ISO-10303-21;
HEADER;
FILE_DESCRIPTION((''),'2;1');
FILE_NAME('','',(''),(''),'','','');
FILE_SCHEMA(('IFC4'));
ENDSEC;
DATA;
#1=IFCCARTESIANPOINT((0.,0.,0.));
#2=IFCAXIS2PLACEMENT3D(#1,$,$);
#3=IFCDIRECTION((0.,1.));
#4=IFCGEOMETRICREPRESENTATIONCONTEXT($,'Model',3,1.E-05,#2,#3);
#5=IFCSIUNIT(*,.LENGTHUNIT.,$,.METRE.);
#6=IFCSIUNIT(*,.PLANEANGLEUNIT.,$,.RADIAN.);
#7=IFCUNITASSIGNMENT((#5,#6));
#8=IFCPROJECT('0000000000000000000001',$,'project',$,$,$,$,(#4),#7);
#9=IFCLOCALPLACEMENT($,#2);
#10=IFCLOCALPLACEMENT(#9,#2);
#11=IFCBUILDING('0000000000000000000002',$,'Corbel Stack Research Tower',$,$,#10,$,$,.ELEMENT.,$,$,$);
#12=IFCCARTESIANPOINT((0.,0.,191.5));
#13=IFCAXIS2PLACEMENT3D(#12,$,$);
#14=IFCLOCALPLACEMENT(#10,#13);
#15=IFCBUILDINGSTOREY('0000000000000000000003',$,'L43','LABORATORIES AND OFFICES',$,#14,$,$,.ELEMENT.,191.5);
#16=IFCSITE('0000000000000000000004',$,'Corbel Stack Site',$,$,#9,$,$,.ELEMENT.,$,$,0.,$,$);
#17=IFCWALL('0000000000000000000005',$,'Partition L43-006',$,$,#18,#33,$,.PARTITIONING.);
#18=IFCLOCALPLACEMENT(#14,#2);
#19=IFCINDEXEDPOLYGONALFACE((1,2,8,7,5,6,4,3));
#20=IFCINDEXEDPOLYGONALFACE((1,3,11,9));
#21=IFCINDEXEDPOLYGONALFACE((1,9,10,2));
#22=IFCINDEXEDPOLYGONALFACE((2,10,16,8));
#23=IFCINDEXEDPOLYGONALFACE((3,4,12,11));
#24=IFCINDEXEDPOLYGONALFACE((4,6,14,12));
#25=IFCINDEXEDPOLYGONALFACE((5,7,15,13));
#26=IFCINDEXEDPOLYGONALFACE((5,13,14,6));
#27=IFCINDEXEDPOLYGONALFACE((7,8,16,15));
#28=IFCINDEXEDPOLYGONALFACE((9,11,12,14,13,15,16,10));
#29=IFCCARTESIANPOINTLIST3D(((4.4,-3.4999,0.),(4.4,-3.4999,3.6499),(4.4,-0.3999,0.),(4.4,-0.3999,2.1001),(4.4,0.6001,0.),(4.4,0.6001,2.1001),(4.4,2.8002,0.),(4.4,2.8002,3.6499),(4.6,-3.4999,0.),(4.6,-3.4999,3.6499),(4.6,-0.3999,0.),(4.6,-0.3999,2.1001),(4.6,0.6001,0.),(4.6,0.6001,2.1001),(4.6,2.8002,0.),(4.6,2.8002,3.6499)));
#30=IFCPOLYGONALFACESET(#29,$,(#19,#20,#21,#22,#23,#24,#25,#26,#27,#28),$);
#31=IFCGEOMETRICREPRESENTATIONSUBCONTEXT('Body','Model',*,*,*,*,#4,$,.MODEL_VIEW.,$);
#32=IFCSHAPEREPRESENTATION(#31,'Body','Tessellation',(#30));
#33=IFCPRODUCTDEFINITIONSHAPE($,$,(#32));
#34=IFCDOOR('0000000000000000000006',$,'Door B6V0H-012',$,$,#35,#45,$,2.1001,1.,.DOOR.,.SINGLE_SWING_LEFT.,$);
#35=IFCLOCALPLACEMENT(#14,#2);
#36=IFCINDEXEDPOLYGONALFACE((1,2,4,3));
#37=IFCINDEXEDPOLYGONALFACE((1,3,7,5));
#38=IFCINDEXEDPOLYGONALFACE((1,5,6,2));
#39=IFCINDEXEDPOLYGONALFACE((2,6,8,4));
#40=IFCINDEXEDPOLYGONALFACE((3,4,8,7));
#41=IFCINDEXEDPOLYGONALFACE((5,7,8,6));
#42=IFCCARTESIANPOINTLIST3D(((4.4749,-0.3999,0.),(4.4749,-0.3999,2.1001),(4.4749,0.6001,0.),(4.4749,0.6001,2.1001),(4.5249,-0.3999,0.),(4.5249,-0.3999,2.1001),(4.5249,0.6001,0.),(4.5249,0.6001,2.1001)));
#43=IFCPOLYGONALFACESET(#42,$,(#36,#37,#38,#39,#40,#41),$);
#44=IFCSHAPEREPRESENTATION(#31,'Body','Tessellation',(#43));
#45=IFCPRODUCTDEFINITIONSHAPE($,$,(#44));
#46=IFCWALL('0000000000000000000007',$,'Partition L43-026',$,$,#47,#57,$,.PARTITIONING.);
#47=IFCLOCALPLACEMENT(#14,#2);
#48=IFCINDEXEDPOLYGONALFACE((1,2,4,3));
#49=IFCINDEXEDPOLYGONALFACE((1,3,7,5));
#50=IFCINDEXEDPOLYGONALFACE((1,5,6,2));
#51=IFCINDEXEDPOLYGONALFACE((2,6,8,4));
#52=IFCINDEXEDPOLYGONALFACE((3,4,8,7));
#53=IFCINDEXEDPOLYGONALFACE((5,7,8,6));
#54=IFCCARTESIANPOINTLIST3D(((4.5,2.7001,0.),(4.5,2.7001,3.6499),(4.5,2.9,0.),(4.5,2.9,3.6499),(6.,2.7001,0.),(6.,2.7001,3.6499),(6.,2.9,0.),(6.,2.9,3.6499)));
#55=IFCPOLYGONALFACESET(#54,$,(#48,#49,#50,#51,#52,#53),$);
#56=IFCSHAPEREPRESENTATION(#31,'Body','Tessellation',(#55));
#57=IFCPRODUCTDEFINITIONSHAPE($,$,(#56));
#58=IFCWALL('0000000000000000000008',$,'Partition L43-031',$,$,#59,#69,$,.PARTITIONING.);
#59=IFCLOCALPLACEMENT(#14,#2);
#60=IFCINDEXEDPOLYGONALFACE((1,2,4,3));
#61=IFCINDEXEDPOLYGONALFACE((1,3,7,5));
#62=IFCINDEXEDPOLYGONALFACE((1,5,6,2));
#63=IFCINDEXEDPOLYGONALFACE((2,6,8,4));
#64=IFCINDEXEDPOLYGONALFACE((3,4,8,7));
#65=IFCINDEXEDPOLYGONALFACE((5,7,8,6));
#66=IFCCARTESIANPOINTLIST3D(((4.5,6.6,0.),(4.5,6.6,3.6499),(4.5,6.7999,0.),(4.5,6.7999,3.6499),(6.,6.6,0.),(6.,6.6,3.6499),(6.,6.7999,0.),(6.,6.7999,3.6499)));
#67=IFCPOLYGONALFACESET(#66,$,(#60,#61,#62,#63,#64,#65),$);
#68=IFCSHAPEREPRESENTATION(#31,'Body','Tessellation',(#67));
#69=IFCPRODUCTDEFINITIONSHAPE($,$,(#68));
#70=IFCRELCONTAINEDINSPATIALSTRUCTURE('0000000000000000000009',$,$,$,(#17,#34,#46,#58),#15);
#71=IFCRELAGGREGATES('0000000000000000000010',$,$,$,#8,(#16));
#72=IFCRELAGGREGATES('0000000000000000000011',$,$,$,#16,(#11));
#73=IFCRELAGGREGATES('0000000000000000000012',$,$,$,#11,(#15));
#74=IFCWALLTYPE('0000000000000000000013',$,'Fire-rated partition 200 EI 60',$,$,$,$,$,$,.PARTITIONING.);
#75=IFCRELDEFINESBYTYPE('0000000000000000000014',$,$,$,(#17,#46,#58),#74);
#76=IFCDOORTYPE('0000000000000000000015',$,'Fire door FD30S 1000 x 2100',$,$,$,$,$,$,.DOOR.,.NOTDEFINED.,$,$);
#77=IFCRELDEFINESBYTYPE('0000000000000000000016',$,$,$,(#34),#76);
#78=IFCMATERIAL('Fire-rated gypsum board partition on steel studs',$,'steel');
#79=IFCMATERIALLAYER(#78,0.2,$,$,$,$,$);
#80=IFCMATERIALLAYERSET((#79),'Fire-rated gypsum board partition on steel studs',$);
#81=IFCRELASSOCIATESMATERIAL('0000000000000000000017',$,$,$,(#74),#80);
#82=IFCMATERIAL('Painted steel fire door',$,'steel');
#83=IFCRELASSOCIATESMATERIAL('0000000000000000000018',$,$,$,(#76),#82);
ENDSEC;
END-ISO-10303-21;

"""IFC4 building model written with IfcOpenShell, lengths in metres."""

from ifc_helpers import new_model, si_unit, direction, frame, frame_2d, origin, place, context, subcontext, project, spatial, rectangle, extrude, material, layer, layer_set, type_object, element, fill, save


model = new_model("IFC4")

# Units and contexts
model_context = context("Model", 3, precision=1e-05, world=origin(), true_north=direction((0.0, 1.0)))
body_context = subcontext(model_context, "Body", "Model", "MODEL_VIEW")
ifc_project = project(units=[si_unit("LENGTHUNIT", "METRE"), si_unit("PLANEANGLEUNIT", "RADIAN")], contexts=[model_context])

# Site, building, storey
site_placement = place(None, origin())
site = spatial("IfcSite", under=ifc_project, at=site_placement, Name="Corbel Stack Site", CompositionType="ELEMENT", RefElevation=0.0)
building_placement = place(site_placement, origin())
building = spatial("IfcBuilding", under=site, at=building_placement, Name="Corbel Stack Research Tower", CompositionType="ELEMENT")
storey_placement = place(building_placement, frame((0.0, 0.0, 191.5)))
storey = spatial("IfcBuildingStorey", under=building, at=storey_placement, Name="L43", Description="LABORATORIES AND OFFICES", CompositionType="ELEMENT", Elevation=191.5)

# Wall, opening, door
ifc_material_1 = material(Name="Fire-rated gypsum board partition on steel studs", Category="steel")
ifc_layer_1 = layer(ifc_material_1, 0.2)
ifc_layer_set_1 = layer_set([ifc_layer_1], Name="Fire-rated gypsum board partition on steel studs")
wall_type_1 = type_object("IfcWallType", Name="Fire-rated partition 200 EI 60", PredefinedType="PARTITIONING", material=ifc_layer_set_1)
wall_1_placement = place(storey_placement, frame((4.5, 2.8, 0.0), z_axis=(0.0, 0.0, 1.0), x_axis=(0.0, -1.0, 0.0)))
wall_1 = element("IfcWall", 1, at=wall_1_placement, inside=storey, type_object=wall_type_1, Name="Partition L43-006", PredefinedType="PARTITIONING", context=body_context, shape_type="SweptSolid", body=[
    extrude(rectangle(XDim=6.3, YDim=0.2, at=frame_2d((3.1499, 0.0))), origin(), (0.0, 0.0, 1.0), 3.6499),
])
opening_1_placement = place(wall_1_placement, frame((2.2, 0.0, 0.0)))
opening_1 = element("IfcOpeningElement", 2, at=opening_1_placement, cuts=wall_1, PredefinedType="OPENING", context=body_context, shape_type="SweptSolid", body=[
    extrude(rectangle(XDim=1.0, YDim=2.1001, at=frame_2d((0.5, 1.05))), frame((0.0, 0.1099, 0.0), z_axis=(0.0, -1.0, 0.0), x_axis=(1.0, 0.0, 0.0)), (0.0, 0.0, 1.0), 0.22),
])
ifc_material_2 = material(Name="Painted steel fire door", Category="steel")
door_type_1 = type_object("IfcDoorType", Name="Fire door FD30S 1000 x 2100", OperationType="NOTDEFINED", PredefinedType="DOOR", material=ifc_material_2)
door_1_placement = place(opening_1_placement, origin())
door_1 = element("IfcDoor", 3, at=door_1_placement, inside=storey, type_object=door_type_1, Name="Door B6V0H-012", OperationType="SINGLE_SWING_LEFT", OverallHeight=2.1001, OverallWidth=1.0, PredefinedType="DOOR", context=body_context, shape_type="SweptSolid", body=[
    extrude(rectangle(XDim=1.0, YDim=2.1001, at=frame_2d((0.5, 1.05))), frame((0.0, 0.0249, 0.0), z_axis=(0.0, -1.0, 0.0), x_axis=(1.0, 0.0, 0.0)), (0.0, 0.0, 1.0), 0.05),
])
fill(opening_1, door_1)

# Walls
for number, where, z_axis, x_axis, name in (
    (4, (4.5, 2.8, 0.0), (0.0, 0.0, 1.0), (1.0, 0.0, 0.0), "Partition L43-026"),
    (5, (4.5, 6.7, 0.0), (0.0, 0.0, 1.0), (1.0, 0.0, 0.0), "Partition L43-031"),
):
    element("IfcWall", number, at=place(storey_placement, frame(where, z_axis=z_axis, x_axis=x_axis)), inside=storey, type_object=wall_type_1, Name=name, PredefinedType="PARTITIONING", context=body_context, shape_type="SweptSolid", body=[
        extrude(rectangle(XDim=1.5, YDim=0.2, at=frame_2d((0.75, 0.0))), origin(), (0.0, 0.0, 1.0), 3.6499),
    ])

save(model, "model.ifc")
